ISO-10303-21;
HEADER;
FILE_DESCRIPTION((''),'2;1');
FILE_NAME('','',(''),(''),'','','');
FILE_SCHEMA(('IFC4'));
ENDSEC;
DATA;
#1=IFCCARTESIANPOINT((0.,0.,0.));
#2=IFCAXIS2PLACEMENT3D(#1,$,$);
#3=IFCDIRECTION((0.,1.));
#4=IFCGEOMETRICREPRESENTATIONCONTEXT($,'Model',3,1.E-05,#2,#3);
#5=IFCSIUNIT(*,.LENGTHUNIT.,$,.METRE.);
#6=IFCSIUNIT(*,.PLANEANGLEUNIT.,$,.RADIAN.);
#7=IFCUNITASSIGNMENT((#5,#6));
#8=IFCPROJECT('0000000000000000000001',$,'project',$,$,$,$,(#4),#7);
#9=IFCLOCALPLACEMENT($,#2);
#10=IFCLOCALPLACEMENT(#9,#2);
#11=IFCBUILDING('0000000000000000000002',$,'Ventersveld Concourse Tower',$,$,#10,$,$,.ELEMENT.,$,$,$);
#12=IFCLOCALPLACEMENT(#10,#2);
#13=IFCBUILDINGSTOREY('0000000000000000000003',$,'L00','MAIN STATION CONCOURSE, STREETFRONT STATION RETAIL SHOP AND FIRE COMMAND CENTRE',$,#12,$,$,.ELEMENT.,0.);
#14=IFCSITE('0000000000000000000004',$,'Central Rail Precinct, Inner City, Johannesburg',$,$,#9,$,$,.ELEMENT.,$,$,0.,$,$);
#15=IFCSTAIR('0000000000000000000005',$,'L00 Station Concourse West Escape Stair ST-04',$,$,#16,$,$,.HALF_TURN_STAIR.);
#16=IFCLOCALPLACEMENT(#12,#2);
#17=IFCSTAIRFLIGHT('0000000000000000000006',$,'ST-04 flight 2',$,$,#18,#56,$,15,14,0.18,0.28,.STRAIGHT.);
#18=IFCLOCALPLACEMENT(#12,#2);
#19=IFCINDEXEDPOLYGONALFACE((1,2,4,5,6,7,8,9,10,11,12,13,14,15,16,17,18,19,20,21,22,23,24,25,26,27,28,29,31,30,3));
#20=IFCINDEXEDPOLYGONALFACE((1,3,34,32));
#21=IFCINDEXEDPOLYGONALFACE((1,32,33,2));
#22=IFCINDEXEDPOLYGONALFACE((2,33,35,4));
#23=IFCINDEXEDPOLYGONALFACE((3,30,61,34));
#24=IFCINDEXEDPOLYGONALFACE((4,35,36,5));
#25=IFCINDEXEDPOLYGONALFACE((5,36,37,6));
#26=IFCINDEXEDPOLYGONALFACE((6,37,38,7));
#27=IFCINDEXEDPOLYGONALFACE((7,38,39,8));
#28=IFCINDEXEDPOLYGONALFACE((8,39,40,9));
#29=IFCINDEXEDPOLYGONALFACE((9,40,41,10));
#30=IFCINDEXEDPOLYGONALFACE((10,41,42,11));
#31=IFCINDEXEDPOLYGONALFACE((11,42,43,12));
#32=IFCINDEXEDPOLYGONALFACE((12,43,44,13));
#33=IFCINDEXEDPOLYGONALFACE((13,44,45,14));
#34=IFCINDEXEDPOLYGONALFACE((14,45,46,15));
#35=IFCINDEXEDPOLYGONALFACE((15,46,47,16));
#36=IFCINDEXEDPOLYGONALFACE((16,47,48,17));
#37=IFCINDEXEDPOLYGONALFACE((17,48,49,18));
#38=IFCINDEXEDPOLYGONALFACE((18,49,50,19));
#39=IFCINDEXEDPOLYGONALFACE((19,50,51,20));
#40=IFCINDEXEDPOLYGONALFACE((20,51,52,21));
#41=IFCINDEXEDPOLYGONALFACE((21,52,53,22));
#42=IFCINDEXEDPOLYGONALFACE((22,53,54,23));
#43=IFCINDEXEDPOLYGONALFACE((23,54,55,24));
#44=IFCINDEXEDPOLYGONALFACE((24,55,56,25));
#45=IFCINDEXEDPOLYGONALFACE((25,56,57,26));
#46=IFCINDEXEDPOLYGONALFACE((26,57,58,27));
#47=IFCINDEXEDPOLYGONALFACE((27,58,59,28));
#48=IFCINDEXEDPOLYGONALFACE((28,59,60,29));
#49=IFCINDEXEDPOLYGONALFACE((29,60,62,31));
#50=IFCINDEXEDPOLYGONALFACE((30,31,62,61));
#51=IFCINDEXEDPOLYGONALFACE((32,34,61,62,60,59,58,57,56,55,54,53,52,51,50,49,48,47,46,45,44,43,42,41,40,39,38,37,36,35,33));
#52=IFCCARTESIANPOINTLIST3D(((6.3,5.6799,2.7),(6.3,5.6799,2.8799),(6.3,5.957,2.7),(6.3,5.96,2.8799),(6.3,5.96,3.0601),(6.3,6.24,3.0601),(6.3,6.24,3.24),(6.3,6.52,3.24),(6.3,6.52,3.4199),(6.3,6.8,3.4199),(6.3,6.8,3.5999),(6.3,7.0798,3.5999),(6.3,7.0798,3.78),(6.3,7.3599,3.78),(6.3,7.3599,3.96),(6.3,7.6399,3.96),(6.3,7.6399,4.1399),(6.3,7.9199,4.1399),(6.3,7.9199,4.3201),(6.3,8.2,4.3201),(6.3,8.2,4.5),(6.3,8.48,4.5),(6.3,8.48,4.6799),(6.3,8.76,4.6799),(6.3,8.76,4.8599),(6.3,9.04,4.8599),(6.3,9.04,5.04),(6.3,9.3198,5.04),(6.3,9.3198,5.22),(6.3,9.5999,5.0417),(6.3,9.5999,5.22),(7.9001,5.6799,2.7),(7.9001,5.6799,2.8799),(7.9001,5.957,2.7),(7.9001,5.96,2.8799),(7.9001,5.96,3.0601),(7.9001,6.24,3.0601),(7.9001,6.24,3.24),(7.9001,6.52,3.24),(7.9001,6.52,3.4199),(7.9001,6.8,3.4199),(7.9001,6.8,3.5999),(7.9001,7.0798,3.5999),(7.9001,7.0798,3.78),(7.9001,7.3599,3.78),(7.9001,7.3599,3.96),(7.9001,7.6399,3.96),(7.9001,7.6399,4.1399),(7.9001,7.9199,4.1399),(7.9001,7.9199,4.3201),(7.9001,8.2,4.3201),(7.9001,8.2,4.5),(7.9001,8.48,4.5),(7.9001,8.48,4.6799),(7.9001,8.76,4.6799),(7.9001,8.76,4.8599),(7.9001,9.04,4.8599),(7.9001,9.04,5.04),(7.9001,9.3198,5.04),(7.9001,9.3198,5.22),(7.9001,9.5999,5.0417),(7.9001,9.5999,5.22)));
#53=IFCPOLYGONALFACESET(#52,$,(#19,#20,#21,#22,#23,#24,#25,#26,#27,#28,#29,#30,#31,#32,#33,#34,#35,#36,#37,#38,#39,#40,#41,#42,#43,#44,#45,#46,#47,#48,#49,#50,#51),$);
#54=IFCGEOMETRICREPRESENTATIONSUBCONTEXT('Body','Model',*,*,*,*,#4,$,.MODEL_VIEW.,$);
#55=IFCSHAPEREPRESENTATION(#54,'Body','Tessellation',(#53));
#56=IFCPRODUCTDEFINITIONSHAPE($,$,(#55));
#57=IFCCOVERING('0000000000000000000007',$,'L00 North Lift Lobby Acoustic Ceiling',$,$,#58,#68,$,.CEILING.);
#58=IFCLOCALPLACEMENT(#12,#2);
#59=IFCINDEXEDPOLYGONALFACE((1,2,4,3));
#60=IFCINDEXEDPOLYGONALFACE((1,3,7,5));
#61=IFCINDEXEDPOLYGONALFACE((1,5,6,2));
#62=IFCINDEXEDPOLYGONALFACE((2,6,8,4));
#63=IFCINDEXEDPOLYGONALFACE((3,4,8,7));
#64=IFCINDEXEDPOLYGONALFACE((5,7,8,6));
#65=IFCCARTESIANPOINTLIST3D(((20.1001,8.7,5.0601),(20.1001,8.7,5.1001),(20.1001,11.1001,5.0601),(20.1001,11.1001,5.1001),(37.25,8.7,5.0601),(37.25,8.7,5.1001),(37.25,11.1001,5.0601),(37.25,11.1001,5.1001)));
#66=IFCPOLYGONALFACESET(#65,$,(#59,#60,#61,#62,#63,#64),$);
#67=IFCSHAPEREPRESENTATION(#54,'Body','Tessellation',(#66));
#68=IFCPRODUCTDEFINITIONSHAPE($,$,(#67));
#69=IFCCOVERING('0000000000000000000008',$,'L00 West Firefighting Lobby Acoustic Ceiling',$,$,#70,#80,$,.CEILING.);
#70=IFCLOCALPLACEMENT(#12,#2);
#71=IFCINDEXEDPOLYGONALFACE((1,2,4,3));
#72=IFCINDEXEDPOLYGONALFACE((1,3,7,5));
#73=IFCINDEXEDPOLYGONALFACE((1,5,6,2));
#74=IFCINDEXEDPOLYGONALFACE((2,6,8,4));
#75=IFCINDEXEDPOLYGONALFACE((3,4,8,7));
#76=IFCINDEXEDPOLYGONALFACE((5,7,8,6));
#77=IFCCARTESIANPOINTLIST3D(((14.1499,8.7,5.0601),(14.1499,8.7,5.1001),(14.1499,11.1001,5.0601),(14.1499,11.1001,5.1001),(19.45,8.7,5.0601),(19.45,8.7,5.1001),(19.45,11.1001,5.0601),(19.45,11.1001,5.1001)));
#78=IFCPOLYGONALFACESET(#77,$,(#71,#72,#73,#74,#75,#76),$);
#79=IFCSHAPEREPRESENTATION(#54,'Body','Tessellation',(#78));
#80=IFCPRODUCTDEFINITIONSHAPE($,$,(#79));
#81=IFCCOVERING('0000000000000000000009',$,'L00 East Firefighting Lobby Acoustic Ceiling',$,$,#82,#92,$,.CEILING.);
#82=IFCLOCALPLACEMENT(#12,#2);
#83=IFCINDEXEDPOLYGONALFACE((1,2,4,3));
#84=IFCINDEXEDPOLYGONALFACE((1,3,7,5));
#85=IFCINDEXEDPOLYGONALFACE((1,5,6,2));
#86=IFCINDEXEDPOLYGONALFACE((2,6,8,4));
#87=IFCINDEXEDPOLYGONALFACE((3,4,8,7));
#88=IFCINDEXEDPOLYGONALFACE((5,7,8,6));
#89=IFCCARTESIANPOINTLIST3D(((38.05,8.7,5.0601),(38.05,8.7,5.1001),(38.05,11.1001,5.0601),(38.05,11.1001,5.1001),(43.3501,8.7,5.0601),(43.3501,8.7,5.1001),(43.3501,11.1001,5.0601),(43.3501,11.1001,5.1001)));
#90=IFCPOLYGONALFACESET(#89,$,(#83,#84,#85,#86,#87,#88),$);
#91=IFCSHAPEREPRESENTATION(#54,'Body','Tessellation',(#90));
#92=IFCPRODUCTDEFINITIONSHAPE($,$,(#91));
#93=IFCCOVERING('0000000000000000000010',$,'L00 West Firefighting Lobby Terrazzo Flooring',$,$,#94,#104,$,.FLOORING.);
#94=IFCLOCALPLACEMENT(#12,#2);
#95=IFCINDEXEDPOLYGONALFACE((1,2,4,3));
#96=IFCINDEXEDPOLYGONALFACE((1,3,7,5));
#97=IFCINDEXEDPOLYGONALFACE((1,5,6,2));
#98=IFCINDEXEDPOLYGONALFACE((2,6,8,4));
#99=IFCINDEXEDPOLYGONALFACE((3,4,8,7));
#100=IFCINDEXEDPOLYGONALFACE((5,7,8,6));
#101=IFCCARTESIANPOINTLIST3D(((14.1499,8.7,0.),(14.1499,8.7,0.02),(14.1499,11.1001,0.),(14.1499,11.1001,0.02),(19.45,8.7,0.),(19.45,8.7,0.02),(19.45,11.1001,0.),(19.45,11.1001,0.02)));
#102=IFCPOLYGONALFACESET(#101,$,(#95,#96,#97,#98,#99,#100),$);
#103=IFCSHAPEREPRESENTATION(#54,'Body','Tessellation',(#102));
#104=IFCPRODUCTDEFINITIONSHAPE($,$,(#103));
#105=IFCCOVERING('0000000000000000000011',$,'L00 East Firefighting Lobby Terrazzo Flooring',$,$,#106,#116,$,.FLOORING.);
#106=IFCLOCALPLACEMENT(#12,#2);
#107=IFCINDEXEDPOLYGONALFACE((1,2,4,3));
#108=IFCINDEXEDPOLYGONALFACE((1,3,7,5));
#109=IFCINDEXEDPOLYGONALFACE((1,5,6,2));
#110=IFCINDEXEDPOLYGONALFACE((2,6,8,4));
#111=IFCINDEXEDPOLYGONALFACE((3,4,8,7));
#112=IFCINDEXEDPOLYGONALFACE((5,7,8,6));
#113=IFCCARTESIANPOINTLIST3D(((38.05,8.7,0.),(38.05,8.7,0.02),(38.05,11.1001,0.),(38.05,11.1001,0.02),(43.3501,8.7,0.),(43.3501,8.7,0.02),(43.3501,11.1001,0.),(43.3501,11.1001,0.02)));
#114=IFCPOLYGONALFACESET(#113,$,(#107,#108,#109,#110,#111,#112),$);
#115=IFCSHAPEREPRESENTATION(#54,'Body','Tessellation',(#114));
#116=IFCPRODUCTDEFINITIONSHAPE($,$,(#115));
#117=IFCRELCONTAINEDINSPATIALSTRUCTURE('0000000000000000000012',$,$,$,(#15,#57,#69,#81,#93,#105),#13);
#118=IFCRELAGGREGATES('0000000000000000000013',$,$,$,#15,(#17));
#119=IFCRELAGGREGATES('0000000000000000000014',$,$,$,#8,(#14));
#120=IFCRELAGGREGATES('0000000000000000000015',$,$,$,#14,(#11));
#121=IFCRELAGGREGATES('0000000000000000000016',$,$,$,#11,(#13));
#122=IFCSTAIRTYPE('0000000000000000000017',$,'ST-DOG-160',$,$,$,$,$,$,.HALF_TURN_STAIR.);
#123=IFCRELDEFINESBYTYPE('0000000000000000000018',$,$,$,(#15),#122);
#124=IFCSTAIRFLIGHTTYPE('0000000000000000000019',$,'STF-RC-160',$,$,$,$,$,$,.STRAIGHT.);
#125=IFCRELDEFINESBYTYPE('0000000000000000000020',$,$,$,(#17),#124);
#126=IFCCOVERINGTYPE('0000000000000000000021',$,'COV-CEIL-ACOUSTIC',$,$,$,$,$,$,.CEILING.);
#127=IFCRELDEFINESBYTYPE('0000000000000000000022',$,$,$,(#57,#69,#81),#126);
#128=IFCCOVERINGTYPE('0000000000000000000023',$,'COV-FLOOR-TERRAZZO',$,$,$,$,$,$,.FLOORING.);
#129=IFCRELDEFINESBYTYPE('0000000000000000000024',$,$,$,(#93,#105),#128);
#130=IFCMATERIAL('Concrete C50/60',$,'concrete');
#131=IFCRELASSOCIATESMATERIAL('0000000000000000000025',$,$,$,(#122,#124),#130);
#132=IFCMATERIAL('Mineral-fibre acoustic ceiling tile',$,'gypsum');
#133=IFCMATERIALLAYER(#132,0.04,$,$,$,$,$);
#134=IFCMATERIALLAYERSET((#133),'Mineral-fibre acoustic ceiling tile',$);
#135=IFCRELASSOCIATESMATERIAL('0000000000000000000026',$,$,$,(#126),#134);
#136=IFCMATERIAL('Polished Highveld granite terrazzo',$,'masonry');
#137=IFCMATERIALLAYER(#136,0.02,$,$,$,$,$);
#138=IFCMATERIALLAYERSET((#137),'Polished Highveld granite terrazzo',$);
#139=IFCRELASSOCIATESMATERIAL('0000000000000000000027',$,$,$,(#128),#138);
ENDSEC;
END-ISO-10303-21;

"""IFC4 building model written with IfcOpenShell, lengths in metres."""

from ifc_helpers import new_model, si_unit, direction, frame, origin, place, context, subcontext, project, spatial, polyline, outline, extrude, material, layer, layer_set, type_object, element, aggregate, save


model = new_model("IFC4")

# Units and contexts
model_context = context("Model", 3, precision=1e-05, world=origin(), true_north=direction((0.0, 1.0)))
body_context = subcontext(model_context, "Body", "Model", "MODEL_VIEW")
ifc_project = project(units=[si_unit("LENGTHUNIT", "METRE"), si_unit("PLANEANGLEUNIT", "RADIAN")], contexts=[model_context])

# Site, building, storey
site_placement = place(None, origin())
site = spatial("IfcSite", under=ifc_project, at=site_placement, Name="Central Rail Precinct, Inner City, Johannesburg", CompositionType="ELEMENT", RefElevation=0.0)
building_placement = place(site_placement, origin())
building = spatial("IfcBuilding", under=site, at=building_placement, Name="Ventersveld Concourse Tower", CompositionType="ELEMENT")
storey_placement = place(building_placement, origin())
storey = spatial("IfcBuildingStorey", under=building, at=storey_placement, Name="L00", Description="MAIN STATION CONCOURSE, STREETFRONT STATION RETAIL SHOP AND FIRE COMMAND CENTRE", CompositionType="ELEMENT", Elevation=0.0)

# Shared definitions
ifc_material_1 = material(Name="Concrete C50/60", Category="concrete")

# Stair, stair flight
stair_type = type_object("IfcStairType", Name="ST-DOG-160", PredefinedType="HALF_TURN_STAIR", material=ifc_material_1)
stair_placement = place(storey_placement, origin())
stair = element("IfcStair", 1, at=stair_placement, inside=storey, type_object=stair_type, Name="L00 Station Concourse West Escape Stair ST-04", PredefinedType="HALF_TURN_STAIR")
stair_flight_type = type_object("IfcStairFlightType", Name="STF-RC-160", PredefinedType="STRAIGHT", material=ifc_material_1)
stair_flight_1_placement = place(storey_placement, frame((7.1001, 5.6799, 2.7), z_axis=(0.0, 0.0, 1.0), x_axis=(0.0, 1.0, 0.0)))
stair_flight_1 = element("IfcStairFlight", 2, at=stair_flight_1_placement, type_object=stair_flight_type, Name="ST-04 flight 2", NumberOfRisers=15, NumberOfTreads=14, PredefinedType="STRAIGHT", RiserHeight=0.18, TreadLength=0.28, context=body_context, shape_type="SweptSolid", body=[
    extrude(outline(polyline([(0.0, 0.0), (0.0, 0.1799), (0.28, 0.1799), (0.28, 0.3601), (0.5601, 0.3601), (0.5601, 0.54), (0.8401, 0.54), (0.8401, 0.72), (1.1201, 0.72), (1.1201, 0.8999), (1.3999, 0.8999), (1.3999, 1.0801), (1.6799, 1.0801), (1.6799, 1.26), (1.96, 1.26), (1.96, 1.4399), (2.24, 1.4399), (2.24, 1.6201), (2.52, 1.6201), (2.52, 1.8), (2.8, 1.8), (2.8, 1.98), (3.0801, 1.98), (3.0801, 2.1599), (3.3601, 2.1599), (3.3601, 2.3401), (3.6399, 2.3401), (3.6399, 2.52), (3.9199, 2.52), (3.9199, 2.7), (3.9199, 2.3418), (0.2771, 0.0), (0.0, 0.0)])), frame((0.0, 0.8, 0.0), z_axis=(0.0, -1.0, 0.0), x_axis=(1.0, 0.0, 0.0)), (0.0, 0.0, 1.0), 1.6001),
])
aggregate(stair, [stair_flight_1])

# Coverings
ifc_material_2 = material(Name="Mineral-fibre acoustic ceiling tile", Category="gypsum")
ifc_layer_1 = layer(ifc_material_2, 0.04)
ifc_layer_set_1 = layer_set([ifc_layer_1], Name="Mineral-fibre acoustic ceiling tile")
covering_type_1 = type_object("IfcCoveringType", Name="COV-CEIL-ACOUSTIC", PredefinedType="CEILING", material=ifc_layer_set_1)
covering_1_placement = place(storey_placement, frame((0.0, 0.0, 5.0601)))
element("IfcCovering", 3, at=covering_1_placement, inside=storey, type_object=covering_type_1, Name="L00 North Lift Lobby Acoustic Ceiling", PredefinedType="CEILING", context=body_context, shape_type="SweptSolid", body=[
    extrude(outline(polyline([(20.1001, 8.7), (37.25, 8.7), (37.25, 11.1001), (20.1001, 11.1001), (20.1001, 8.7)])), origin(), (0.0, 0.0, 1.0), 0.04),
])
covering_2_placement = place(storey_placement, frame((0.0, 0.0, 5.0601)))
element("IfcCovering", 4, at=covering_2_placement, inside=storey, type_object=covering_type_1, Name="L00 West Firefighting Lobby Acoustic Ceiling", PredefinedType="CEILING", context=body_context, shape_type="SweptSolid", body=[
    extrude(outline(polyline([(14.1499, 8.7), (19.45, 8.7), (19.45, 11.1001), (14.1499, 11.1001), (14.1499, 8.7)])), origin(), (0.0, 0.0, 1.0), 0.04),
])
covering_3_placement = place(storey_placement, frame((0.0, 0.0, 5.0601)))
element("IfcCovering", 5, at=covering_3_placement, inside=storey, type_object=covering_type_1, Name="L00 East Firefighting Lobby Acoustic Ceiling", PredefinedType="CEILING", context=body_context, shape_type="SweptSolid", body=[
    extrude(outline(polyline([(38.05, 8.7), (43.3501, 8.7), (43.3501, 11.1001), (38.05, 11.1001), (38.05, 8.7)])), origin(), (0.0, 0.0, 1.0), 0.04),
])
ifc_material_3 = material(Name="Polished Highveld granite terrazzo", Category="masonry")
ifc_layer_2 = layer(ifc_material_3, 0.02)
ifc_layer_set_2 = layer_set([ifc_layer_2], Name="Polished Highveld granite terrazzo")
covering_type_2 = type_object("IfcCoveringType", Name="COV-FLOOR-TERRAZZO", PredefinedType="FLOORING", material=ifc_layer_set_2)
covering_4_placement = place(storey_placement, origin())
element("IfcCovering", 6, at=covering_4_placement, inside=storey, type_object=covering_type_2, Name="L00 West Firefighting Lobby Terrazzo Flooring", PredefinedType="FLOORING", context=body_context, shape_type="SweptSolid", body=[
    extrude(outline(polyline([(14.1499, 8.7), (19.45, 8.7), (19.45, 11.1001), (14.1499, 11.1001), (14.1499, 8.7)])), origin(), (0.0, 0.0, 1.0), 0.02),
])
covering_5_placement = place(storey_placement, origin())
element("IfcCovering", 7, at=covering_5_placement, inside=storey, type_object=covering_type_2, Name="L00 East Firefighting Lobby Terrazzo Flooring", PredefinedType="FLOORING", context=body_context, shape_type="SweptSolid", body=[
    extrude(outline(polyline([(38.05, 8.7), (43.3501, 8.7), (43.3501, 11.1001), (38.05, 11.1001), (38.05, 8.7)])), origin(), (0.0, 0.0, 1.0), 0.02),
])

save(model, "model.ifc")
